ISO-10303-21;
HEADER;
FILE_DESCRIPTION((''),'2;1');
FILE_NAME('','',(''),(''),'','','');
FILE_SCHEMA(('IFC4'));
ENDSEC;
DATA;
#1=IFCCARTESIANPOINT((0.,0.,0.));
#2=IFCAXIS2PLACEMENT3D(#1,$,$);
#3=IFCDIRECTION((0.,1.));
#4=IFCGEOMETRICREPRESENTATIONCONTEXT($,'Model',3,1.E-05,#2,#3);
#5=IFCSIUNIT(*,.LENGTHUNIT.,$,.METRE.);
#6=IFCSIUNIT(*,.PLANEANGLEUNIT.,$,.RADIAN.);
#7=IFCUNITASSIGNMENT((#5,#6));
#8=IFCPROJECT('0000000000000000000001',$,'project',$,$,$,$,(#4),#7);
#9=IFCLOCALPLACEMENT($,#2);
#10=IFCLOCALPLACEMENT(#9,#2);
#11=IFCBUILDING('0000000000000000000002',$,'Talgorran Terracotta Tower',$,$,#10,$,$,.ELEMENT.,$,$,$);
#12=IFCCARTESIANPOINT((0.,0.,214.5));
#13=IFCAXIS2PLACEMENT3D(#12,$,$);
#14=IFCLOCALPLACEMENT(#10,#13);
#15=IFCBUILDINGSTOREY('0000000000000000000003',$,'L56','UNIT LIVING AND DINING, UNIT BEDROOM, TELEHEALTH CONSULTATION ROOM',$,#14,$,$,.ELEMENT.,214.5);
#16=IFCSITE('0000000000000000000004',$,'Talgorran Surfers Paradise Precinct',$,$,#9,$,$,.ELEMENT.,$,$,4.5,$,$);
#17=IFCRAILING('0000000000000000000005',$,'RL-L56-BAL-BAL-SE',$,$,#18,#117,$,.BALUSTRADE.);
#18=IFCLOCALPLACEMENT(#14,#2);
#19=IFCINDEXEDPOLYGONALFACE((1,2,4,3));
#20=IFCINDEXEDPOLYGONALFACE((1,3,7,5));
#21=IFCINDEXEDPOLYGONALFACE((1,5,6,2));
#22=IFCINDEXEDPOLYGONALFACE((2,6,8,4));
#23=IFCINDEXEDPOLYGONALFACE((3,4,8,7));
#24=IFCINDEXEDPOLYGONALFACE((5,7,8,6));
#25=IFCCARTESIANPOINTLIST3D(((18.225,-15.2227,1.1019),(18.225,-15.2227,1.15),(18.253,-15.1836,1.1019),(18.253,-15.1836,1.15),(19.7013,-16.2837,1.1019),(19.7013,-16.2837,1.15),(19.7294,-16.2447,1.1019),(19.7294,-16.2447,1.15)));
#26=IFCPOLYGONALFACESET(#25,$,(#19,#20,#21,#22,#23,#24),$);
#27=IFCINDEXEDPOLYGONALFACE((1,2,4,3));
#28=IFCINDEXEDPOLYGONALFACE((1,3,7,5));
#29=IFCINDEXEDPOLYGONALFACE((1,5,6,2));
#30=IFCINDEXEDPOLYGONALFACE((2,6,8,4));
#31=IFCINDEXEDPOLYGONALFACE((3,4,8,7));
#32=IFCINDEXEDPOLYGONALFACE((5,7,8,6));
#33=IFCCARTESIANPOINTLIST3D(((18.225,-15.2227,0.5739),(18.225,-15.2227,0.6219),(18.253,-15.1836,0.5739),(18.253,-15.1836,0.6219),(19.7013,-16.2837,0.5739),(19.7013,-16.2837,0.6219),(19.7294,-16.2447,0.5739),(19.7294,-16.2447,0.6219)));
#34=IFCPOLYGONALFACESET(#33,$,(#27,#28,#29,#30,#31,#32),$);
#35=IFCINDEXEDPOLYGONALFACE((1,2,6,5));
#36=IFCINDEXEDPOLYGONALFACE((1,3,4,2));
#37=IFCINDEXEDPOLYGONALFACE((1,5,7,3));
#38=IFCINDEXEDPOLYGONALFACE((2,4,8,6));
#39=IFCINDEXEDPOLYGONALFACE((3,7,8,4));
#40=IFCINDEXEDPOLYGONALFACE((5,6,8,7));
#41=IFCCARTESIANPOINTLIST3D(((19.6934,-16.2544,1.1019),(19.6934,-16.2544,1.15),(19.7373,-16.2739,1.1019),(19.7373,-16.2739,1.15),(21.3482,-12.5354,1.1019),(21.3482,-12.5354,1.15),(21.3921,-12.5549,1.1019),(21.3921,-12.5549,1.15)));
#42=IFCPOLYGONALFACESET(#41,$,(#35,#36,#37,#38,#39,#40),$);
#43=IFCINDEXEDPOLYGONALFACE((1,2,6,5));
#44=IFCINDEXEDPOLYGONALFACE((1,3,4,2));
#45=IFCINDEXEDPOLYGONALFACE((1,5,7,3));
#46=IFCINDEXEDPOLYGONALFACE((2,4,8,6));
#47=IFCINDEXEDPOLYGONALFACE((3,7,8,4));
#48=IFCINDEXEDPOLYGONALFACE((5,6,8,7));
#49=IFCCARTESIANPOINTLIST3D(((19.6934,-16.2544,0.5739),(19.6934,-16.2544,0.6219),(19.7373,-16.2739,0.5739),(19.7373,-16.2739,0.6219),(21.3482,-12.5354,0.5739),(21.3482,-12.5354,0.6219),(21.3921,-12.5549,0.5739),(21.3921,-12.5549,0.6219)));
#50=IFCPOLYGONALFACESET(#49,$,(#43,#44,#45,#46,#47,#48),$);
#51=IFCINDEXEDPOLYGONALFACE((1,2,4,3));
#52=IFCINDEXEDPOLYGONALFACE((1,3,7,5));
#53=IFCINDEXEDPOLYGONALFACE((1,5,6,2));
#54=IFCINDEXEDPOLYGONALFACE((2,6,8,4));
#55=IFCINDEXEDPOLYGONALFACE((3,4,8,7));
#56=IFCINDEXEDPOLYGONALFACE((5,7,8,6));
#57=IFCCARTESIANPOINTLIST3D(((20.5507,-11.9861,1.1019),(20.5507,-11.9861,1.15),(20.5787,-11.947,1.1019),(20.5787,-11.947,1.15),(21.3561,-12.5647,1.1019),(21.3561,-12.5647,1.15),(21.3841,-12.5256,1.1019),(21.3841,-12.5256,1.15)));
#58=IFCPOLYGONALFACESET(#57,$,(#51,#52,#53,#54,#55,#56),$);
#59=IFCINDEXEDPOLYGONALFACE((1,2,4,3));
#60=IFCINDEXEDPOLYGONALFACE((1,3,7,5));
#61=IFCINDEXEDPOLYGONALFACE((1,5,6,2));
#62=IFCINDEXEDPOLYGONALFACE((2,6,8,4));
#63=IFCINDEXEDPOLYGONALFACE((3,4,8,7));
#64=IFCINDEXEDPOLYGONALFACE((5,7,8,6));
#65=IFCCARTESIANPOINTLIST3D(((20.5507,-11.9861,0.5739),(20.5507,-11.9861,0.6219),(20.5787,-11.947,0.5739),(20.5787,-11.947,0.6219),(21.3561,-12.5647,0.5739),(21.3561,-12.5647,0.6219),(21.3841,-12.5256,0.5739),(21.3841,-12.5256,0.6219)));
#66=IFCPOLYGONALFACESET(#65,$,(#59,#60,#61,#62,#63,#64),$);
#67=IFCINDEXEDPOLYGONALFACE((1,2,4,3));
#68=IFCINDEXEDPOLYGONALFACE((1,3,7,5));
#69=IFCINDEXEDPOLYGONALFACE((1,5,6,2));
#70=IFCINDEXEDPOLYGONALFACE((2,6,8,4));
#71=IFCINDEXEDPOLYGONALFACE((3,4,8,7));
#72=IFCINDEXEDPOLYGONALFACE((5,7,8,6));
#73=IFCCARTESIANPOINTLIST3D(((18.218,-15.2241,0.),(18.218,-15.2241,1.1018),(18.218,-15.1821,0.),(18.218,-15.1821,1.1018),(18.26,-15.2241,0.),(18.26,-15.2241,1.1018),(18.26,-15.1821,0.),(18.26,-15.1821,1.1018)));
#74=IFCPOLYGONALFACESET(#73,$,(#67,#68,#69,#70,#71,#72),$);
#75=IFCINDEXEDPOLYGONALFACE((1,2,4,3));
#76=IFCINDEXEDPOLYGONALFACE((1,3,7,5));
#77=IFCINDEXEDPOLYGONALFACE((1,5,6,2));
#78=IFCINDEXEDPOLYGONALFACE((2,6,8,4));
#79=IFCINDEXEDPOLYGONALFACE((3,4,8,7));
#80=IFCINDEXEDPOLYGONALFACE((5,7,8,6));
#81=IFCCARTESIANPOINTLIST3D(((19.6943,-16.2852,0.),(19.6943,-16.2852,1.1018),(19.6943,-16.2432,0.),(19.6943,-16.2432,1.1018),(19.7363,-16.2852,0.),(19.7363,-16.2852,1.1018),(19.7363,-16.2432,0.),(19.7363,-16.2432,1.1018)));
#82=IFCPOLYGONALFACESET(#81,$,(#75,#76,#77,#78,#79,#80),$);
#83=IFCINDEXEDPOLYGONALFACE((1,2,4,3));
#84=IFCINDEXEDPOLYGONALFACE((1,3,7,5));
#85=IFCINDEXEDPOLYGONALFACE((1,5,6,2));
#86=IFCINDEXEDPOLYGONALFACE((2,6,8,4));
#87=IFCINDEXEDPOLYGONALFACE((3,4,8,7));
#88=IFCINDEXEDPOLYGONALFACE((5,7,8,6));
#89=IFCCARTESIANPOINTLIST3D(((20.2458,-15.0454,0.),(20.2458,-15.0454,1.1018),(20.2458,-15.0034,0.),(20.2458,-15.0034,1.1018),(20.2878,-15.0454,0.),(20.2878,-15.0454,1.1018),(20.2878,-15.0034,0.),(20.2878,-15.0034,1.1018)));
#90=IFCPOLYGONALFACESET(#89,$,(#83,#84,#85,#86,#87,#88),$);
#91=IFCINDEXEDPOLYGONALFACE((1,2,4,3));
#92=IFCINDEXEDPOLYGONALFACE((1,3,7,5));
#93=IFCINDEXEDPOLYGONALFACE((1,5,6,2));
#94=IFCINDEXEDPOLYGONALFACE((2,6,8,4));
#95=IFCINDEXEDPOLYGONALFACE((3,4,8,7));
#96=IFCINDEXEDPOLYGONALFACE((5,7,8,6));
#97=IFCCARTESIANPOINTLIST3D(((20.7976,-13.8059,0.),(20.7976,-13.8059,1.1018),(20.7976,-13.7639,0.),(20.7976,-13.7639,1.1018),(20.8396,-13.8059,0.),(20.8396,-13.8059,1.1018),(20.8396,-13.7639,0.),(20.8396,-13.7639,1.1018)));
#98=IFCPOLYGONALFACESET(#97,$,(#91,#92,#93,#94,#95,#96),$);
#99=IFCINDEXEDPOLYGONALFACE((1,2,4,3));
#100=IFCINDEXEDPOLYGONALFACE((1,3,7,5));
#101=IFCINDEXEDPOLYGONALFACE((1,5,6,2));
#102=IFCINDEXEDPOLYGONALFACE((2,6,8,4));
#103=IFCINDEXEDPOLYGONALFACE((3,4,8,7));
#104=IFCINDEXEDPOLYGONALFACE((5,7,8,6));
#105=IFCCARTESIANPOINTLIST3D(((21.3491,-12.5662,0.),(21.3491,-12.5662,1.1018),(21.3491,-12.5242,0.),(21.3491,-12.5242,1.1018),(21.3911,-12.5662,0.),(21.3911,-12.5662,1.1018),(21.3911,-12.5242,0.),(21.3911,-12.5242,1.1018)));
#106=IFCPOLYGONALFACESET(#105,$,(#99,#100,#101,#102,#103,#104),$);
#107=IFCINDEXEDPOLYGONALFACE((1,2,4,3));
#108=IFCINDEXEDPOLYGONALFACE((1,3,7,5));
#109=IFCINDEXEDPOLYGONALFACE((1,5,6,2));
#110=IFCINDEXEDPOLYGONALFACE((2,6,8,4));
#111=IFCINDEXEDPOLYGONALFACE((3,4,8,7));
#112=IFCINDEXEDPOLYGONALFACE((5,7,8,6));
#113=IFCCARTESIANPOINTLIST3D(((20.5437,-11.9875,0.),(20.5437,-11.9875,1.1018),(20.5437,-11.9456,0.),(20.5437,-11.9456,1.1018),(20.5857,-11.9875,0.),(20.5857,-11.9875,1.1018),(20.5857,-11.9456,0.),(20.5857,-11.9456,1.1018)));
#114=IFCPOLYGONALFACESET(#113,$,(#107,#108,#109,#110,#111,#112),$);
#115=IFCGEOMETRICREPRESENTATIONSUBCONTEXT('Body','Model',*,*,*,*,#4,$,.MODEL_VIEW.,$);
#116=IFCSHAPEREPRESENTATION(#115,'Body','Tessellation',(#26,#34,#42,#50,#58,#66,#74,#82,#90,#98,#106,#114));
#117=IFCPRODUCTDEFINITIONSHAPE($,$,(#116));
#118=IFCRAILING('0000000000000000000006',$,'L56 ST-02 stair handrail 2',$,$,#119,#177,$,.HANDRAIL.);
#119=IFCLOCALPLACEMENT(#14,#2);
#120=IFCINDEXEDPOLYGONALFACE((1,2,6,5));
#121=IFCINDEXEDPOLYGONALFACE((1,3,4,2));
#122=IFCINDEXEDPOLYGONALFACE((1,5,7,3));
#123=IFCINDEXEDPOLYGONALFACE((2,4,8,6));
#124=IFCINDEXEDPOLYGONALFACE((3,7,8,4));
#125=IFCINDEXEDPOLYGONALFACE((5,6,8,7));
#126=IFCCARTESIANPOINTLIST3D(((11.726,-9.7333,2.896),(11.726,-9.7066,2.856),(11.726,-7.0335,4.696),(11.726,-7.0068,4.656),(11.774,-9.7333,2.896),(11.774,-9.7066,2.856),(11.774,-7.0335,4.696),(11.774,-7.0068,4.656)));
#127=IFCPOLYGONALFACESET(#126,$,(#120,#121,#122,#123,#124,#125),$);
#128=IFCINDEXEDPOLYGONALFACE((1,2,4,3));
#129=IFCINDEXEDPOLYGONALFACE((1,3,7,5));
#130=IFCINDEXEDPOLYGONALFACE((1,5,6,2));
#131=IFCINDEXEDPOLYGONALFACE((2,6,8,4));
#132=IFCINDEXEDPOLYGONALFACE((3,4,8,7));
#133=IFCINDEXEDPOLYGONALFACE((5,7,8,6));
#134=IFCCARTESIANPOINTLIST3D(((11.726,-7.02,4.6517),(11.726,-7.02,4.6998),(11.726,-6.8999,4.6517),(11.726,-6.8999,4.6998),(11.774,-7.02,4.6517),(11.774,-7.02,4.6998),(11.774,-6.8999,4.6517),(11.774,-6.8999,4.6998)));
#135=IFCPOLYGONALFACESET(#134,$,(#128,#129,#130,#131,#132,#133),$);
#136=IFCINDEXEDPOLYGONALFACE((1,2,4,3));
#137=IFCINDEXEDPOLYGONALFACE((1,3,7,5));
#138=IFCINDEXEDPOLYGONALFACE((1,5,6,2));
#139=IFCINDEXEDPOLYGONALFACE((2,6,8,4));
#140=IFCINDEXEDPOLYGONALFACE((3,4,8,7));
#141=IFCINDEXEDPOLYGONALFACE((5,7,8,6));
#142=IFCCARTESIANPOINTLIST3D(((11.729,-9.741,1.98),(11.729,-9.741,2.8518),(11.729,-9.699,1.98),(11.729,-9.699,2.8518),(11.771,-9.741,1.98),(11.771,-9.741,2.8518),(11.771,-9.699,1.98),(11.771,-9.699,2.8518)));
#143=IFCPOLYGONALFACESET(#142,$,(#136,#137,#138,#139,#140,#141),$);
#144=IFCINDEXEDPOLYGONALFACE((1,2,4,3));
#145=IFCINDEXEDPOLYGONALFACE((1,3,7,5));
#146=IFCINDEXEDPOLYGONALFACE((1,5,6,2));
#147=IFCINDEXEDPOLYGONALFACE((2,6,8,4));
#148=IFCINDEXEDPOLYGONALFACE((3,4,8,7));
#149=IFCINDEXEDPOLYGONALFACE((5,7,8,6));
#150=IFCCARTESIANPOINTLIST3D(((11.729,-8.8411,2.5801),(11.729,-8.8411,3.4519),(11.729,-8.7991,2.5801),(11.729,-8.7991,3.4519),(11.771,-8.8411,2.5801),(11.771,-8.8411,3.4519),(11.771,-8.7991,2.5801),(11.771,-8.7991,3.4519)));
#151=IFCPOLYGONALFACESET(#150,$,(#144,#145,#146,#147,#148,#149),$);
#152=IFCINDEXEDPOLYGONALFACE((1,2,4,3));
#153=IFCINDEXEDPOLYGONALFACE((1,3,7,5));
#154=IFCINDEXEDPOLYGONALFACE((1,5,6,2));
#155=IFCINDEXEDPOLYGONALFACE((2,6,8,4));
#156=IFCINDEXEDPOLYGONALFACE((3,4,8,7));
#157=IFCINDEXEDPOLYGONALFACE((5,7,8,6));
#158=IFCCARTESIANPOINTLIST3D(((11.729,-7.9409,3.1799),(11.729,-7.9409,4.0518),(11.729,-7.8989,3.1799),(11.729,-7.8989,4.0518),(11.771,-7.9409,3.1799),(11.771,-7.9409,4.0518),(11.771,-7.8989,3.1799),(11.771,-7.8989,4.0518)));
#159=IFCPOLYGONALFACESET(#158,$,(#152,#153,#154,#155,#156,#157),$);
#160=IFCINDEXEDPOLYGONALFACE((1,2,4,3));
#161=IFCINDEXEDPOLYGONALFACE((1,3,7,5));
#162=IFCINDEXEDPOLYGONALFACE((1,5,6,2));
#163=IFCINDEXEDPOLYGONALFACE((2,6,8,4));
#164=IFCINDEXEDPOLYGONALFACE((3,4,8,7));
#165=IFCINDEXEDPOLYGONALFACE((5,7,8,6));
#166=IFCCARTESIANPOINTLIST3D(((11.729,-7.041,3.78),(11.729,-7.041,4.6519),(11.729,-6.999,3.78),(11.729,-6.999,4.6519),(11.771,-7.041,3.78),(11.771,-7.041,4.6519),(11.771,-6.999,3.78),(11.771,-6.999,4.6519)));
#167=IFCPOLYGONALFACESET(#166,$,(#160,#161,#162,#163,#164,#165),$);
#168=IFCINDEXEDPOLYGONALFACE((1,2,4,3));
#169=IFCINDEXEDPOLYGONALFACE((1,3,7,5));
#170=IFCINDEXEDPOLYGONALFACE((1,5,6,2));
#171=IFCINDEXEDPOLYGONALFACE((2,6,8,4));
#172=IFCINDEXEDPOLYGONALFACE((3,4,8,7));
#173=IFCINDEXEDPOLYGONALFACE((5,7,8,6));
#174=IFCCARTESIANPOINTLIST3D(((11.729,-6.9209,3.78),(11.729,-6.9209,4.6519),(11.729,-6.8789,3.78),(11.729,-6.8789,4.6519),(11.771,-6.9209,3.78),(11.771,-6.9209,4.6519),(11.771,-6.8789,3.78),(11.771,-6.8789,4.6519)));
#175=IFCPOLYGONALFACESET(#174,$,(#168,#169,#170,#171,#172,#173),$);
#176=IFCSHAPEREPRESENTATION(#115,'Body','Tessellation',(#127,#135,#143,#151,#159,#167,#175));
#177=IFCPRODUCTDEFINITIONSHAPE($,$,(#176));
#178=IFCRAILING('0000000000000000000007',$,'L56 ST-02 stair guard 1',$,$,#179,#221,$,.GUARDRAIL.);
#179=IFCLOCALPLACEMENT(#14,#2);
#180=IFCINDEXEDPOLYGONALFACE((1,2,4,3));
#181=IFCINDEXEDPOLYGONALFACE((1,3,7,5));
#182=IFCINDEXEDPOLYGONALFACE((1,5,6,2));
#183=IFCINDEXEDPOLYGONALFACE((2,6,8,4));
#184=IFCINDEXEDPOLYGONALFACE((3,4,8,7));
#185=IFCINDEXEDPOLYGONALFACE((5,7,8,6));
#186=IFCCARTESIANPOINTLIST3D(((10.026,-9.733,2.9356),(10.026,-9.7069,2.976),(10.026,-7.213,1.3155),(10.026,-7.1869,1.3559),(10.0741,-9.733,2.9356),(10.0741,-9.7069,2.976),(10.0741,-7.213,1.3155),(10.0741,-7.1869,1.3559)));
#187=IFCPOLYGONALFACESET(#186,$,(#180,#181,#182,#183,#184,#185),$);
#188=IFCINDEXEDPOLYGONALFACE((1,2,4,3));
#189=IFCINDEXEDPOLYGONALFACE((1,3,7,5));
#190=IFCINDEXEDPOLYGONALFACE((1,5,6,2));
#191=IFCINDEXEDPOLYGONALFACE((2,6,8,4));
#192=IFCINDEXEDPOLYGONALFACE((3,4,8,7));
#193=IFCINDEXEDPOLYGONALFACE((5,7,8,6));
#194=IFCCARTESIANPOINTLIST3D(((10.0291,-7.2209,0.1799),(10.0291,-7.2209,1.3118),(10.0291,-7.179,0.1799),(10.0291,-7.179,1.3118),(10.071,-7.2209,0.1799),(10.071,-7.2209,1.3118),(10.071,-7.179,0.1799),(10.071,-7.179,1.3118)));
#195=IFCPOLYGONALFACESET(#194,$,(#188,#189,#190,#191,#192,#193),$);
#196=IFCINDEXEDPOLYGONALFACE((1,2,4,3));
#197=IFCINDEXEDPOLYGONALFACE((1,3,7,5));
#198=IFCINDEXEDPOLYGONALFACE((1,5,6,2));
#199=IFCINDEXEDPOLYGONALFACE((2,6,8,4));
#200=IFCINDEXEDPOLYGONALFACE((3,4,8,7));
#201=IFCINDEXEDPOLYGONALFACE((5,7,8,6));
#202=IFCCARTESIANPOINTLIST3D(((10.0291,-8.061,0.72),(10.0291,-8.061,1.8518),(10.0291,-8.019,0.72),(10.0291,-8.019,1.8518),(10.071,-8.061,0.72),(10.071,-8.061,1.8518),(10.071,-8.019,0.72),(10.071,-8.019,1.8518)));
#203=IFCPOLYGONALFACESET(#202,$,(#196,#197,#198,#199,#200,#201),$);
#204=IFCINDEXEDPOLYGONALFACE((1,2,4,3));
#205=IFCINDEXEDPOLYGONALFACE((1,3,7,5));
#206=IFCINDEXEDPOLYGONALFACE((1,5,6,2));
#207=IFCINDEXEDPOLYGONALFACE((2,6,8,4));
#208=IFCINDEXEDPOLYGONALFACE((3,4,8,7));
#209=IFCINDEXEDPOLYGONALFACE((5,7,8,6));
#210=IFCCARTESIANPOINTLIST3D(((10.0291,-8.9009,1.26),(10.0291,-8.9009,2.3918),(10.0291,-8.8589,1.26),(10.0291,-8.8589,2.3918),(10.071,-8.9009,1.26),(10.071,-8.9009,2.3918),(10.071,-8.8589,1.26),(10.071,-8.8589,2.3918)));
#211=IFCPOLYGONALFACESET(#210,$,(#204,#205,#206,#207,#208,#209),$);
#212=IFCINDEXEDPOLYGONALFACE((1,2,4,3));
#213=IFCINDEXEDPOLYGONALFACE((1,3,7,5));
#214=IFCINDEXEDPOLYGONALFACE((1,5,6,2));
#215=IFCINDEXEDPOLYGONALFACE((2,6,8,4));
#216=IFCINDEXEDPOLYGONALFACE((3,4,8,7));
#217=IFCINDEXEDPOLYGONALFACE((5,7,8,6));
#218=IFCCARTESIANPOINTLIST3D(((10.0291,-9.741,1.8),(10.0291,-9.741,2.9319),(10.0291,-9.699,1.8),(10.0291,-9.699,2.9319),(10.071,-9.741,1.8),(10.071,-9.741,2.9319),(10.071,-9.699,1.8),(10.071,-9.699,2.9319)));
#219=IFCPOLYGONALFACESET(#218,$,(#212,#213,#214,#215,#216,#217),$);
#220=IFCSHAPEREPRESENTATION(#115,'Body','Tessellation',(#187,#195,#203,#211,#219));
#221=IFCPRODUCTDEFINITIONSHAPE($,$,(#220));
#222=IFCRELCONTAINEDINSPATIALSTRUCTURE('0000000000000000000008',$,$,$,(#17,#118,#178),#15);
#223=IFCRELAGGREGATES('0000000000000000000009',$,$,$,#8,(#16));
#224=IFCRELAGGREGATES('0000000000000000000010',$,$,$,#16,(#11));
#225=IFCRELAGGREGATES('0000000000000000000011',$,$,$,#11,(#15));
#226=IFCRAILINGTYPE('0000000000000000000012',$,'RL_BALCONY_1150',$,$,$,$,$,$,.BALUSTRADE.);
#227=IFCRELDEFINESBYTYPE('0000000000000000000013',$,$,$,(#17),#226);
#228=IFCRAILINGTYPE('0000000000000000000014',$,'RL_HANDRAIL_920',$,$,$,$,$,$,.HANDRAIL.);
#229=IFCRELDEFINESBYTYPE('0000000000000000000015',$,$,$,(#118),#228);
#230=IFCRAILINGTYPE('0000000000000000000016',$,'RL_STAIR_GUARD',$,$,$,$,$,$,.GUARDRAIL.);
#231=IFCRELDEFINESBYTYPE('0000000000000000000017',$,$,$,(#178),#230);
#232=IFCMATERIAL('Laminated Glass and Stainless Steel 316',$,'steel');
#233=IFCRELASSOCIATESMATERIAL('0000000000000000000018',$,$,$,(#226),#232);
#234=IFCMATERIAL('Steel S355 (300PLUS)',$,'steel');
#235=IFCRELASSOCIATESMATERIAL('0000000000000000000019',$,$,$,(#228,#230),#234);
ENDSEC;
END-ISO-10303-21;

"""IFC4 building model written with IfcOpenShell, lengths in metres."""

from ifc_helpers import new_model, si_unit, direction, frame, origin, origin_2d, place, context, subcontext, project, spatial, rectangle, extrude, material, type_object, element, save


model = new_model("IFC4")

# Units and contexts
model_context = context("Model", 3, precision=1e-05, world=origin(), true_north=direction((0.0, 1.0)))
body_context = subcontext(model_context, "Body", "Model", "MODEL_VIEW")
ifc_project = project(units=[si_unit("LENGTHUNIT", "METRE"), si_unit("PLANEANGLEUNIT", "RADIAN")], contexts=[model_context])

# Site, building, storey
site_placement = place(None, origin())
site = spatial("IfcSite", under=ifc_project, at=site_placement, Name="Talgorran Surfers Paradise Precinct", CompositionType="ELEMENT", RefElevation=4.5)
building_placement = place(site_placement, origin())
building = spatial("IfcBuilding", under=site, at=building_placement, Name="Talgorran Terracotta Tower", CompositionType="ELEMENT")
storey_placement = place(building_placement, frame((0.0, 0.0, 214.5)))
storey = spatial("IfcBuildingStorey", under=building, at=storey_placement, Name="L56", Description="UNIT LIVING AND DINING, UNIT BEDROOM, TELEHEALTH CONSULTATION ROOM", CompositionType="ELEMENT", Elevation=214.5)

# Shared definitions
ifc_material_1 = material(Name="Steel S355 (300PLUS)", Category="steel")

# Railings
ifc_material_2 = material(Name="Laminated Glass and Stainless Steel 316", Category="steel")
railing_type_1 = type_object("IfcRailingType", Name="RL_BALCONY_1150", PredefinedType="BALUSTRADE", material=ifc_material_2)
railing_1_placement = place(storey_placement, frame((18.239, -15.2031, 0.0)))
element("IfcRailing", 1, at=railing_1_placement, inside=storey, type_object=railing_type_1, Name="RL-L56-BAL-BAL-SE", PredefinedType="BALUSTRADE", context=body_context, shape_type="SweptSolid", body=[
    extrude(rectangle(XDim=0.0481, YDim=0.0481, at=origin_2d()), frame((0.0, 0.0, 1.126), z_axis=(0.812033, -0.583611, 0.0), x_axis=(0.583611, 0.812033, 0.0)), (0.0, 0.0, 1.0), 1.8181),
    extrude(rectangle(XDim=0.0481, YDim=0.0481, at=origin_2d()), frame((0.0, 0.0, 0.5979), z_axis=(0.812033, -0.583611, 0.0), x_axis=(0.583611, 0.812033, 0.0)), (0.0, 0.0, 1.0), 1.8181),
    extrude(rectangle(XDim=0.0481, YDim=0.0481, at=origin_2d()), frame((1.4763, -1.061, 1.126), z_axis=(0.406528, 0.913638, 0.0), x_axis=(-0.913638, 0.406528, 0.0)), (0.0, 0.0, 1.0), 4.0706),
    extrude(rectangle(XDim=0.0481, YDim=0.0481, at=origin_2d()), frame((1.4763, -1.061, 0.5979), z_axis=(0.406528, 0.913638, 0.0), x_axis=(-0.913638, 0.406528, 0.0)), (0.0, 0.0, 1.0), 4.0706),
    extrude(rectangle(XDim=0.0481, YDim=0.0481, at=origin_2d()), frame((3.1311, 2.658, 1.126), z_axis=(-0.81215, 0.583448, 0.0), x_axis=(-0.583448, -0.81215, 0.0)), (0.0, 0.0, 1.0), 0.9917),
    extrude(rectangle(XDim=0.0481, YDim=0.0481, at=origin_2d()), frame((3.1311, 2.658, 0.5979), z_axis=(-0.81215, 0.583448, 0.0), x_axis=(-0.583448, -0.81215, 0.0)), (0.0, 0.0, 1.0), 0.9917),
    extrude(rectangle(XDim=0.042, YDim=0.042, at=origin_2d()), origin(), (0.0, 0.0, 1.0), 1.1018),
    extrude(rectangle(XDim=0.042, YDim=0.042, at=origin_2d()), frame((1.4763, -1.061, 0.0)), (0.0, 0.0, 1.0), 1.1018),
    extrude(rectangle(XDim=0.042, YDim=0.042, at=origin_2d()), frame((2.0278, 0.1787, 0.0)), (0.0, 0.0, 1.0), 1.1018),
    extrude(rectangle(XDim=0.042, YDim=0.042, at=origin_2d()), frame((2.5796, 1.4182, 0.0)), (0.0, 0.0, 1.0), 1.1018),
    extrude(rectangle(XDim=0.042, YDim=0.042, at=origin_2d()), frame((3.1311, 2.658, 0.0)), (0.0, 0.0, 1.0), 1.1018),
    extrude(rectangle(XDim=0.042, YDim=0.042, at=origin_2d()), frame((2.3257, 3.2366, 0.0)), (0.0, 0.0, 1.0), 1.1018),
])
railing_type_2 = type_object("IfcRailingType", Name="RL_HANDRAIL_920", PredefinedType="HANDRAIL", material=ifc_material_1)
railing_2_placement = place(storey_placement, frame((11.75, -9.72, 1.98)))
element("IfcRailing", 2, at=railing_2_placement, inside=storey, type_object=railing_type_2, Name="L56 ST-02 stair handrail 2", PredefinedType="HANDRAIL", context=body_context, shape_type="SweptSolid", body=[
    extrude(rectangle(XDim=0.0481, YDim=0.0481, at=origin_2d()), frame((0.0, 0.0, 0.896), z_axis=(0.0, 0.832039, 0.554718), x_axis=(-1.0, 0.0, 0.0)), (0.0, 0.0, 1.0), 3.2449),
    extrude(rectangle(XDim=0.0481, YDim=0.0481, at=origin_2d()), frame((0.0, 2.7, 2.6958), z_axis=(0.0, 1.0, 0.0), x_axis=(-1.0, 0.0, 0.0)), (0.0, 0.0, 1.0), 0.1201),
    extrude(rectangle(XDim=0.042, YDim=0.042, at=origin_2d()), origin(), (0.0, 0.0, 1.0), 0.8718),
    extrude(rectangle(XDim=0.042, YDim=0.042, at=origin_2d()), frame((0.0, 0.8999, 0.6001)), (0.0, 0.0, 1.0), 0.8718),
    extrude(rectangle(XDim=0.042, YDim=0.042, at=origin_2d()), frame((0.0, 1.8, 1.2)), (0.0, 0.0, 1.0), 0.8718),
    extrude(rectangle(XDim=0.042, YDim=0.042, at=origin_2d()), frame((0.0, 2.7, 1.8)), (0.0, 0.0, 1.0), 0.8718),
    extrude(rectangle(XDim=0.042, YDim=0.042, at=origin_2d()), frame((0.0, 2.8201, 1.8)), (0.0, 0.0, 1.0), 0.8718),
])
railing_type_3 = type_object("IfcRailingType", Name="RL_STAIR_GUARD", PredefinedType="GUARDRAIL", material=ifc_material_1)
railing_3_placement = place(storey_placement, frame((10.05, -7.2, 0.1799)))
element("IfcRailing", 3, at=railing_3_placement, inside=storey, type_object=railing_type_3, Name="L56 ST-02 stair guard 1", PredefinedType="GUARDRAIL", context=body_context, shape_type="SweptSolid", body=[
    extrude(rectangle(XDim=0.0481, YDim=0.0481, at=origin_2d()), frame((0.0, 0.0, 1.1558), z_axis=(0.0, -0.841163, 0.540782), x_axis=(1.0, 0.0, 0.0)), (0.0, 0.0, 1.0), 2.9958),
    extrude(rectangle(XDim=0.042, YDim=0.042, at=origin_2d()), origin(), (0.0, 0.0, 1.0), 1.1318),
    extrude(rectangle(XDim=0.042, YDim=0.042, at=origin_2d()), frame((0.0, -0.8401, 0.54)), (0.0, 0.0, 1.0), 1.1318),
    extrude(rectangle(XDim=0.042, YDim=0.042, at=origin_2d()), frame((0.0, -1.6799, 1.0801)), (0.0, 0.0, 1.0), 1.1318),
    extrude(rectangle(XDim=0.042, YDim=0.042, at=origin_2d()), frame((0.0, -2.52, 1.6201)), (0.0, 0.0, 1.0), 1.1318),
])

save(model, "model.ifc")
